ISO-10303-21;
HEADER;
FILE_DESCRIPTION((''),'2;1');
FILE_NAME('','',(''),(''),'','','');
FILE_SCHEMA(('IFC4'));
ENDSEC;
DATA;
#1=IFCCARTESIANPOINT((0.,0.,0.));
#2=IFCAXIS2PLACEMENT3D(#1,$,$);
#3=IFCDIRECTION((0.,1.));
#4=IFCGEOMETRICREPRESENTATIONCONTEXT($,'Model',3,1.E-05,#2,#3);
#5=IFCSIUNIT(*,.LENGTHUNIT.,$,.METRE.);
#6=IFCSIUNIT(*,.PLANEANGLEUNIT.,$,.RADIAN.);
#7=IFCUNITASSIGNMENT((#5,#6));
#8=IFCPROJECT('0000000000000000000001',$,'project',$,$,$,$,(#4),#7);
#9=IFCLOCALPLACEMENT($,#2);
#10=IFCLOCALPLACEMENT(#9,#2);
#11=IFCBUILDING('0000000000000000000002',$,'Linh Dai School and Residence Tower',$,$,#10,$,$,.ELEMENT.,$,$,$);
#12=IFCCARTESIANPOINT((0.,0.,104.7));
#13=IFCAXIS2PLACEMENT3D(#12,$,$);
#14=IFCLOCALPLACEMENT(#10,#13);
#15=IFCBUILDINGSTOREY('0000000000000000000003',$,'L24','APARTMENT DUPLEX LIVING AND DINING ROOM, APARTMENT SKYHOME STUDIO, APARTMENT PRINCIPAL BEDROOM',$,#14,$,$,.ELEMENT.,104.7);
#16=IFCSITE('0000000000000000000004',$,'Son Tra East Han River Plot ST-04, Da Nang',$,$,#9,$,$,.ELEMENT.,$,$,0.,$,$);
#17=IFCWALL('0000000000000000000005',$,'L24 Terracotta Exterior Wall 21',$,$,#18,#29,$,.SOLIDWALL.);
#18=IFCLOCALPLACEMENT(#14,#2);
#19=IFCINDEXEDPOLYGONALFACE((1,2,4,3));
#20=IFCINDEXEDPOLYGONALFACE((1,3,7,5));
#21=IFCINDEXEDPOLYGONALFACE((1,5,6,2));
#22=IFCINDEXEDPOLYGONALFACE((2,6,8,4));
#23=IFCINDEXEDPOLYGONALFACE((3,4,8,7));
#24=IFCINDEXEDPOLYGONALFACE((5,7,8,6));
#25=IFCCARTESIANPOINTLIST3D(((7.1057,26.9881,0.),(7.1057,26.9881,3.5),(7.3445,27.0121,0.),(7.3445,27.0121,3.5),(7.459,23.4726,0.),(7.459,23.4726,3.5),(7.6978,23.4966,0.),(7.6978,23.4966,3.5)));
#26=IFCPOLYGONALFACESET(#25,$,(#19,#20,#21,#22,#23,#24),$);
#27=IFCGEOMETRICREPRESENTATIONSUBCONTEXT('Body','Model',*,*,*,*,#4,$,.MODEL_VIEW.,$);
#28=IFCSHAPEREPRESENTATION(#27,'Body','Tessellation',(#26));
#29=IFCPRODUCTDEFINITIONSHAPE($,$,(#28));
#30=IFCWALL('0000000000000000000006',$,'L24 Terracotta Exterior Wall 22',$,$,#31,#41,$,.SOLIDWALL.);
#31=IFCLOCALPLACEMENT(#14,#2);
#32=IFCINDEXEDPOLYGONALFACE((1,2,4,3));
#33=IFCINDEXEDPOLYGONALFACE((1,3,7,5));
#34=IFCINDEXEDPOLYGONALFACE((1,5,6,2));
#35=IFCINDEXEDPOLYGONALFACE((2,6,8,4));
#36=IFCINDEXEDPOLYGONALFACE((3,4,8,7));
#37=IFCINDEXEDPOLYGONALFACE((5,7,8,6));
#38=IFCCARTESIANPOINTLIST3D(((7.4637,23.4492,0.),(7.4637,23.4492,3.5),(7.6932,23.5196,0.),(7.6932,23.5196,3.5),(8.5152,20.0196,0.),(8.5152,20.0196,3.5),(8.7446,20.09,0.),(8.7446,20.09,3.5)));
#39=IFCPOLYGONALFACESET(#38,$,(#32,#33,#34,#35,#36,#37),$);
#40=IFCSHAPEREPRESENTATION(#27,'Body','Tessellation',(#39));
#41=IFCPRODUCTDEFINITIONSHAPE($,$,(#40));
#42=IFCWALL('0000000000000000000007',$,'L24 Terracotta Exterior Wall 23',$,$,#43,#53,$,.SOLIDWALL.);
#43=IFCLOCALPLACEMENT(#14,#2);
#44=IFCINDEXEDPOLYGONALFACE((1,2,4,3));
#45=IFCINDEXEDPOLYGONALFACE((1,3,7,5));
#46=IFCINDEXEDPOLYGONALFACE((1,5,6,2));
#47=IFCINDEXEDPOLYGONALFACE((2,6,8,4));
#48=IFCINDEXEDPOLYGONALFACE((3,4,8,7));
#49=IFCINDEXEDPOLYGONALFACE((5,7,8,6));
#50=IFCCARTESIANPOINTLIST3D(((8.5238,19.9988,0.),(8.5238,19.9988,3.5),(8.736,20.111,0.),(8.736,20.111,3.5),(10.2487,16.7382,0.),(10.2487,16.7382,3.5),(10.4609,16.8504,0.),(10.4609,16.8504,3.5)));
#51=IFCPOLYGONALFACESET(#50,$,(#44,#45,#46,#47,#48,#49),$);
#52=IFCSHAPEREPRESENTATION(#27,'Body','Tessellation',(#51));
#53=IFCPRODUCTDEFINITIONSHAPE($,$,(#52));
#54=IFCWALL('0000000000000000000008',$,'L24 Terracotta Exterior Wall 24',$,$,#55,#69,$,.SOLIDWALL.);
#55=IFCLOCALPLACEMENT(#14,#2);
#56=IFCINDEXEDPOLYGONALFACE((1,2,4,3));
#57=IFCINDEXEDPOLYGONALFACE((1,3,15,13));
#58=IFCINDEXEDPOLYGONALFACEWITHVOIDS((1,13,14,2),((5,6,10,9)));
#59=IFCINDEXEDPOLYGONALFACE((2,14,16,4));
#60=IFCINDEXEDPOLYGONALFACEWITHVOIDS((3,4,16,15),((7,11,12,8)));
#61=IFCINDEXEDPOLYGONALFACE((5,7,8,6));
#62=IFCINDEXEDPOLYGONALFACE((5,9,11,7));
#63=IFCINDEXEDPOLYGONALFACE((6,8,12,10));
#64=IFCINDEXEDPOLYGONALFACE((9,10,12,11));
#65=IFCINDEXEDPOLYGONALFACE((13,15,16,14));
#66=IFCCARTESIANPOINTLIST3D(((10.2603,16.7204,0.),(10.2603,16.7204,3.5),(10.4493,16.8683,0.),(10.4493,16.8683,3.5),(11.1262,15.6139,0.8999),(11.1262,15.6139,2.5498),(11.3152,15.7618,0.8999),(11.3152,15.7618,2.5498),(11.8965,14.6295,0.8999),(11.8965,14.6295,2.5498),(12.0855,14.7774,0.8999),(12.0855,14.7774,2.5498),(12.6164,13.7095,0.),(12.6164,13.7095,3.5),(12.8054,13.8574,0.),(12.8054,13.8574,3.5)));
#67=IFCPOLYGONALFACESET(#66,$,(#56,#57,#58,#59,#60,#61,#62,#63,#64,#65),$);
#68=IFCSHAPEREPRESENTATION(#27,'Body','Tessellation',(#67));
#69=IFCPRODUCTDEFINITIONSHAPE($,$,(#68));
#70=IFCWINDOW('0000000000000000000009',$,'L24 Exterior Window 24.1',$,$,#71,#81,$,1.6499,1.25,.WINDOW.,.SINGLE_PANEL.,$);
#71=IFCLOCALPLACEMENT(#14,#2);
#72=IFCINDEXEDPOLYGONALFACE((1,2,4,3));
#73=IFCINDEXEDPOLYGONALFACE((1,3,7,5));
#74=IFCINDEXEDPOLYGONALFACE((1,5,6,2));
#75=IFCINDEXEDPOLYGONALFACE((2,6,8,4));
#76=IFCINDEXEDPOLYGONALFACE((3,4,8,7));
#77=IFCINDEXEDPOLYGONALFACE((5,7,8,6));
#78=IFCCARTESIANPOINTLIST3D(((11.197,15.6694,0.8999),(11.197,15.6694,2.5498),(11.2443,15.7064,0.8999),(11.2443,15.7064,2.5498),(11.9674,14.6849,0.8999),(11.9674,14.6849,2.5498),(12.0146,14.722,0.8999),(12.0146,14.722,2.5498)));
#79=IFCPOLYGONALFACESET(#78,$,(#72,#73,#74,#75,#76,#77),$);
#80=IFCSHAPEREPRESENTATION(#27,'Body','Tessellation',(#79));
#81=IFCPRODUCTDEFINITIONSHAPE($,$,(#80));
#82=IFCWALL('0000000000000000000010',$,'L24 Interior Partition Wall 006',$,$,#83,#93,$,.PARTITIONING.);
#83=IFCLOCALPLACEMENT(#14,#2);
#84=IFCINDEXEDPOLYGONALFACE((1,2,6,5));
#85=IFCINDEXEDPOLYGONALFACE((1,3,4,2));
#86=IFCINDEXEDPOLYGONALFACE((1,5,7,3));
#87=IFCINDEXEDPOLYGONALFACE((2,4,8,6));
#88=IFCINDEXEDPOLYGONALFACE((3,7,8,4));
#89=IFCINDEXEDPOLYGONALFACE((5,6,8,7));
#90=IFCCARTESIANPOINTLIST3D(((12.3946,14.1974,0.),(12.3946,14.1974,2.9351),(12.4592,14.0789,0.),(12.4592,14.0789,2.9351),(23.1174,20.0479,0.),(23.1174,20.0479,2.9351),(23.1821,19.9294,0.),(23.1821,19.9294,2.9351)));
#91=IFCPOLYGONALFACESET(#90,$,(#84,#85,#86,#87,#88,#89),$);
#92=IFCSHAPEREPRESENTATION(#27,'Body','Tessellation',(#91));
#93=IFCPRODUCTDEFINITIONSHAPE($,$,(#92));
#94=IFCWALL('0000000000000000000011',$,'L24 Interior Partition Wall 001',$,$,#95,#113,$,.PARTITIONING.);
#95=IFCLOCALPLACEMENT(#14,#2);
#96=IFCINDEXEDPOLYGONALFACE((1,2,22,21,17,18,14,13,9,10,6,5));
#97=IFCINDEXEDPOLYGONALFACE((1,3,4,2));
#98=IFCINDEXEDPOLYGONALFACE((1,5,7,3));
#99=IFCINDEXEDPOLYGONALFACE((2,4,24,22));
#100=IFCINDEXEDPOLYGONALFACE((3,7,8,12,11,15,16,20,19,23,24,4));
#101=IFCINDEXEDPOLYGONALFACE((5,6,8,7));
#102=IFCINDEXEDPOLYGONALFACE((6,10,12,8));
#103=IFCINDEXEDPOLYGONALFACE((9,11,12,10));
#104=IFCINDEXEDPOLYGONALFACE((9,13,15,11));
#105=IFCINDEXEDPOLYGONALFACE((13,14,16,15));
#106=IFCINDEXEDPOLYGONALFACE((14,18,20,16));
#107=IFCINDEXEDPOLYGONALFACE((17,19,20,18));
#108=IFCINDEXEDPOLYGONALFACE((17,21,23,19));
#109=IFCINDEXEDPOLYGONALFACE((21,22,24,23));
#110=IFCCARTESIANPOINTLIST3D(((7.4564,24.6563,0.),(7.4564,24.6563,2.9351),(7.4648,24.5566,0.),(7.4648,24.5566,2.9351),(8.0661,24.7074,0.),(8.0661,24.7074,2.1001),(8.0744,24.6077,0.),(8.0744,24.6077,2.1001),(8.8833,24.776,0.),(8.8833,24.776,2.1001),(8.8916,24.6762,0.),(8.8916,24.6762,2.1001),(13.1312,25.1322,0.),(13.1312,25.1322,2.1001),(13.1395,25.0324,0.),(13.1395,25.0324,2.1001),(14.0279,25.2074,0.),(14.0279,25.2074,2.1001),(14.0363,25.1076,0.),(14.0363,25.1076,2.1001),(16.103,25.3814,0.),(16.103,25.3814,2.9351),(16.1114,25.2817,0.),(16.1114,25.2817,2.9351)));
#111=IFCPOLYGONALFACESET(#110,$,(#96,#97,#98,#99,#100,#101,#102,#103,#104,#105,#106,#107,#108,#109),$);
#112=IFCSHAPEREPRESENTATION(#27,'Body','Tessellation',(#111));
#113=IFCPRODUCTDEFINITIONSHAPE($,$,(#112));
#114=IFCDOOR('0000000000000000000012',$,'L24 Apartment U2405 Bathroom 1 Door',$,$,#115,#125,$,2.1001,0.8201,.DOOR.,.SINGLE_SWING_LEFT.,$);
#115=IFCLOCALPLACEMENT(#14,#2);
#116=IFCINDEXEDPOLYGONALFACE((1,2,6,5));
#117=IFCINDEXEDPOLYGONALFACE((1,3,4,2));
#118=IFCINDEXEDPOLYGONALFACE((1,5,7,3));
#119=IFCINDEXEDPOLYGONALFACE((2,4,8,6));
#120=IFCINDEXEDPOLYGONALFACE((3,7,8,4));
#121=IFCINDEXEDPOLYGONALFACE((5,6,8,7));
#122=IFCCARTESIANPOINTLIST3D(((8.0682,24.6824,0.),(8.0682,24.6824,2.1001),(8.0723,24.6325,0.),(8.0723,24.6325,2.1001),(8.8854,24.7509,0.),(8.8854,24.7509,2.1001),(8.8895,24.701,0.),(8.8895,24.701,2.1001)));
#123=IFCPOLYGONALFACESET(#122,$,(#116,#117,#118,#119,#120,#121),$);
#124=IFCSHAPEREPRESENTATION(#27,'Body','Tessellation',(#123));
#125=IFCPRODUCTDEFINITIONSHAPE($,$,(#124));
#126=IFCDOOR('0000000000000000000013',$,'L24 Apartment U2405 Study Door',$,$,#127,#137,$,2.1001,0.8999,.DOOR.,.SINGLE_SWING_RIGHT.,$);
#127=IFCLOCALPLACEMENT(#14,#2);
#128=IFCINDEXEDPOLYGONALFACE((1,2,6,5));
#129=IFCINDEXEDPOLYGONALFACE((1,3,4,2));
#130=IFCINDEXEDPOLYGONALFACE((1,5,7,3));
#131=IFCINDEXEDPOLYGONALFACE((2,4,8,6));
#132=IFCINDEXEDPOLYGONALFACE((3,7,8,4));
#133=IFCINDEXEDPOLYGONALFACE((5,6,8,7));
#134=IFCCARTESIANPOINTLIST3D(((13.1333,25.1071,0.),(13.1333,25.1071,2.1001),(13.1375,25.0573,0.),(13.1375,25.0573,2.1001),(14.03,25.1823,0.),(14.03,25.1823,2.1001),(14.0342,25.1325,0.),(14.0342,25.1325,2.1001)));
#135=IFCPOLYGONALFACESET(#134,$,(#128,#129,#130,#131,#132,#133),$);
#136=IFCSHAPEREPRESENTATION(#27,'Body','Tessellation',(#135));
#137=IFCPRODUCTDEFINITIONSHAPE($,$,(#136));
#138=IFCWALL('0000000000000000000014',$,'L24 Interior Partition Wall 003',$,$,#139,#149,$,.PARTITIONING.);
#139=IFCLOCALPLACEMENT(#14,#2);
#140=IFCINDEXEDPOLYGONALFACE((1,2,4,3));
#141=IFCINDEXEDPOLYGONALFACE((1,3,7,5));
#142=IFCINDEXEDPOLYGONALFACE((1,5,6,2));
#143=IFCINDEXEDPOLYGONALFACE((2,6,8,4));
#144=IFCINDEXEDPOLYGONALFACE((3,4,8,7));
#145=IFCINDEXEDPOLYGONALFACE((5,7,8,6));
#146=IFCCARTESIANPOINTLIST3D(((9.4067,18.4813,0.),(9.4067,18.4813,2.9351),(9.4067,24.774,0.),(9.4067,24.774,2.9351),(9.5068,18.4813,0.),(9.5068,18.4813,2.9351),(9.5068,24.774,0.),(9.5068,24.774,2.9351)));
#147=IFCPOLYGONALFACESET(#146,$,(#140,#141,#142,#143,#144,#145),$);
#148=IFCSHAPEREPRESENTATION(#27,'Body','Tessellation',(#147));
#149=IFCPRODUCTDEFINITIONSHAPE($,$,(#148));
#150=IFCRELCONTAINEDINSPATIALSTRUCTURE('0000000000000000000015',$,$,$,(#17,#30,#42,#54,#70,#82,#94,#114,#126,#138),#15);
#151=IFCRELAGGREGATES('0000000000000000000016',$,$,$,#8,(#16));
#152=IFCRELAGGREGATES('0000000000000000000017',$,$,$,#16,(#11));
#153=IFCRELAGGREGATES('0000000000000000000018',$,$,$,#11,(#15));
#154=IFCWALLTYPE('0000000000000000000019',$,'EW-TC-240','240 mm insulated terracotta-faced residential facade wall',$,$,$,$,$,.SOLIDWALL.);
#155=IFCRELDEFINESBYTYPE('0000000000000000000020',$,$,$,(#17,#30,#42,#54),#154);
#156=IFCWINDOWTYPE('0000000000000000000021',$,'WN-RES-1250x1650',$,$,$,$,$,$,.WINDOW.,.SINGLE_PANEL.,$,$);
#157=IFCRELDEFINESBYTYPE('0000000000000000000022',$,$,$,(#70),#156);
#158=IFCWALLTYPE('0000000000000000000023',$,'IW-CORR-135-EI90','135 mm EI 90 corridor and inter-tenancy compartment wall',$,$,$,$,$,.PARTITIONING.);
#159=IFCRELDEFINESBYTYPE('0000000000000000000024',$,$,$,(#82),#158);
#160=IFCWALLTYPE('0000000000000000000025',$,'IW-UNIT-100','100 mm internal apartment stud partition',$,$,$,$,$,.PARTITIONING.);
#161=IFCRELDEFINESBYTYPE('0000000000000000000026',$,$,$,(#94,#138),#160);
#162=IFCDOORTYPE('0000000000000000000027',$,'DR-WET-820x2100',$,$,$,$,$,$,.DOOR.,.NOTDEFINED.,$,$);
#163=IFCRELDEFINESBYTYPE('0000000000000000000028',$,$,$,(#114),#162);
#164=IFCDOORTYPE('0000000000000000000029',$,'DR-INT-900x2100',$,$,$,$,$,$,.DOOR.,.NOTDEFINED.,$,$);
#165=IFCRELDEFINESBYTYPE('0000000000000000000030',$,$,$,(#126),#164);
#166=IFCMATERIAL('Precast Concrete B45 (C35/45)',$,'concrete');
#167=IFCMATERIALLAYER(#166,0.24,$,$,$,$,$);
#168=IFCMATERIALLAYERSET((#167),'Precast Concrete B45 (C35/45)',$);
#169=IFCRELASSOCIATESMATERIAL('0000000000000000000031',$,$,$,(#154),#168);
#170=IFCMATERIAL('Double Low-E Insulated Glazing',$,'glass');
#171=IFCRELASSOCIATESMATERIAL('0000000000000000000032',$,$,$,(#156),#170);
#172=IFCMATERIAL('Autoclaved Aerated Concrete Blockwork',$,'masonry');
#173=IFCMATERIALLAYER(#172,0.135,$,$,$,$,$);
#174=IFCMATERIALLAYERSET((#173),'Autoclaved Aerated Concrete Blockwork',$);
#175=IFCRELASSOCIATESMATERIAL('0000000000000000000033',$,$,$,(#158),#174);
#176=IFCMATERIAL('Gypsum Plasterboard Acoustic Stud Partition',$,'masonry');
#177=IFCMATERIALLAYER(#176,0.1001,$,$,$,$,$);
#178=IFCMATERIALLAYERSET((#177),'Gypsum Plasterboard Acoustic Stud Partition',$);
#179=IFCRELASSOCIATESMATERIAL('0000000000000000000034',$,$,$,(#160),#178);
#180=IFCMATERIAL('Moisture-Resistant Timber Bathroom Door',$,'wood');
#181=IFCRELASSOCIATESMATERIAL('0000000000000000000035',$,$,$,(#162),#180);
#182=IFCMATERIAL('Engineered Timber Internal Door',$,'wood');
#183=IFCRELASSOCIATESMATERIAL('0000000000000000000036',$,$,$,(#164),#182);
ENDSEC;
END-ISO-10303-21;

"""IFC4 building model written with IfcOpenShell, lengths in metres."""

from ifc_helpers import new_model, si_unit, direction, frame, frame_2d, origin, origin_2d, place, context, subcontext, project, spatial, rectangle, extrude, source, transform, mapped, material, layer, layer_set, type_object, element, fill, save


model = new_model("IFC4")

# Units and contexts
model_context = context("Model", 3, precision=1e-05, world=origin(), true_north=direction((0.0, 1.0)))
body_context = subcontext(model_context, "Body", "Model", "MODEL_VIEW")
ifc_project = project(units=[si_unit("LENGTHUNIT", "METRE"), si_unit("PLANEANGLEUNIT", "RADIAN")], contexts=[model_context])

# Site, building, storey
site_placement = place(None, origin())
site = spatial("IfcSite", under=ifc_project, at=site_placement, Name="Son Tra East Han River Plot ST-04, Da Nang", CompositionType="ELEMENT", RefElevation=0.0)
building_placement = place(site_placement, origin())
building = spatial("IfcBuilding", under=site, at=building_placement, Name="Linh Dai School and Residence Tower", CompositionType="ELEMENT")
storey_placement = place(building_placement, frame((0.0, 0.0, 104.7)))
storey = spatial("IfcBuildingStorey", under=building, at=storey_placement, Name="L24", Description="APARTMENT DUPLEX LIVING AND DINING ROOM, APARTMENT SKYHOME STUDIO, APARTMENT PRINCIPAL BEDROOM", CompositionType="ELEMENT", Elevation=104.7)

# Shared definitions
ifc_material_1 = material(Name="Precast Concrete B45 (C35/45)", Category="concrete")

# Walls
ifc_layer_1 = layer(ifc_material_1, 0.24)
ifc_layer_set_1 = layer_set([ifc_layer_1], Name="Precast Concrete B45 (C35/45)")
wall_type_1 = type_object("IfcWallType", Name="EW-TC-240", Description="240 mm insulated terracotta-faced residential facade wall", PredefinedType="SOLIDWALL", material=ifc_layer_set_1)
wall_1_placement = place(storey_placement, frame((7.5784, 23.4846, 0.0), z_axis=(0.0, 0.0, 1.0), x_axis=(-0.099989, 0.994988, 0.0)))
element("IfcWall", 1, at=wall_1_placement, inside=storey, type_object=wall_type_1, Name="L24 Terracotta Exterior Wall 21", PredefinedType="SOLIDWALL", context=body_context, shape_type="SweptSolid", body=[
    extrude(rectangle(XDim=3.5332, YDim=0.24, at=frame_2d((1.7666, 0.0))), origin(), (0.0, 0.0, 1.0), 3.5),
])
wall_2_placement = place(storey_placement, frame((8.6299, 20.0549, 0.0), z_axis=(0.0, 0.0, 1.0), x_axis=(-0.293124, 0.956074, 0.0)))
element("IfcWall", 2, at=wall_2_placement, inside=storey, type_object=wall_type_1, Name="L24 Terracotta Exterior Wall 22", PredefinedType="SOLIDWALL", context=body_context, shape_type="SweptSolid", body=[
    extrude(rectangle(XDim=3.5872, YDim=0.24, at=frame_2d((1.7935, 0.0))), origin(), (0.0, 0.0, 1.0), 3.5),
])
wall_3_placement = place(storey_placement, frame((10.3547, 16.7944, 0.0), z_axis=(0.0, 0.0, 1.0), x_axis=(-0.467614, 0.883933, 0.0)))
element("IfcWall", 3, at=wall_3_placement, inside=storey, type_object=wall_type_1, Name="L24 Terracotta Exterior Wall 23", PredefinedType="SOLIDWALL", context=body_context, shape_type="SweptSolid", body=[
    extrude(rectangle(XDim=3.6887, YDim=0.24, at=frame_2d((1.8442, 0.0))), origin(), (0.0, 0.0, 1.0), 3.5),
])

# Wall, opening, window
wall_4_placement = place(storey_placement, frame((12.7109, 13.7834, 0.0), z_axis=(0.0, 0.0, 1.0), x_axis=(-0.616272, 0.787533, 0.0)))
wall_4 = element("IfcWall", 4, at=wall_4_placement, inside=storey, type_object=wall_type_1, Name="L24 Terracotta Exterior Wall 24", PredefinedType="SOLIDWALL", context=body_context, shape_type="SweptSolid", body=[
    extrude(rectangle(XDim=3.8232, YDim=0.24, at=frame_2d((1.9116, 0.0))), origin(), (0.0, 0.0, 1.0), 3.5),
])
opening_1_placement = place(wall_4_placement, frame((1.1682, 0.0, 0.8999)))
opening_1 = element("IfcOpeningElement", 5, at=opening_1_placement, cuts=wall_4, PredefinedType="OPENING", context=body_context, shape_type="SweptSolid", body=[
    extrude(rectangle(XDim=1.25, YDim=1.6499, at=origin_2d()), frame((0.625, 0.1299, 0.825), z_axis=(0.0, -1.0, 0.0), x_axis=(1.0, 0.0, 0.0)), (0.0, 0.0, 1.0), 0.26),
])
ifc_material_2 = material(Name="Double Low-E Insulated Glazing", Category="glass")
window_type = type_object("IfcWindowType", Name="WN-RES-1250x1650", PartitioningType="SINGLE_PANEL", PredefinedType="WINDOW", material=ifc_material_2)
shared_shape_1 = source(origin(), body_context, "Body", "SweptSolid", [
    extrude(rectangle(XDim=1.25, YDim=1.6499, at=origin_2d()), frame((0.625, 0.03, 0.825), z_axis=(0.0, -1.0, 0.0), x_axis=(1.0, 0.0, 0.0)), (0.0, 0.0, 1.0), 0.0601),
])
window_placement = place(opening_1_placement, origin())
window = element("IfcWindow", 6, at=window_placement, inside=storey, type_object=window_type, Name="L24 Exterior Window 24.1", OverallHeight=1.6499, OverallWidth=1.25, PartitioningType="SINGLE_PANEL", PredefinedType="WINDOW", context=body_context, shape_type="MappedRepresentation", body=[
    mapped(shared_shape_1, transform((0.0, 0.0, 0.0), x_axis=(1.0, 0.0, 0.0), y_axis=(0.0, 1.0, 0.0), z_axis=(0.0, 0.0, 1.0), scale=1.0)),
])
fill(opening_1, window)

# Wall
ifc_material_3 = material(Name="Autoclaved Aerated Concrete Blockwork", Category="masonry")
ifc_layer_2 = layer(ifc_material_3, 0.135)
ifc_layer_set_2 = layer_set([ifc_layer_2], Name="Autoclaved Aerated Concrete Blockwork")
wall_type_2 = type_object("IfcWallType", Name="IW-CORR-135-EI90", Description="135 mm EI 90 corridor and inter-tenancy compartment wall", PredefinedType="PARTITIONING", material=ifc_layer_set_2)
wall_5_placement = place(storey_placement, frame((12.427, 14.1382, 0.0), z_axis=(0.0, 0.0, 1.0), x_axis=(0.877836, 0.478961, 0.0)))
element("IfcWall", 7, at=wall_5_placement, inside=storey, type_object=wall_type_2, Name="L24 Interior Partition Wall 006", PredefinedType="PARTITIONING", context=body_context, shape_type="SweptSolid", body=[
    extrude(rectangle(XDim=12.2151, YDim=0.135, at=frame_2d((6.1074, 0.0))), origin(), (0.0, 0.0, 1.0), 2.9351),
])

# Wall, openings, doors
ifc_material_4 = material(Name="Gypsum Plasterboard Acoustic Stud Partition", Category="masonry")
ifc_layer_3 = layer(ifc_material_4, 0.1001)
ifc_layer_set_3 = layer_set([ifc_layer_3], Name="Gypsum Plasterboard Acoustic Stud Partition")
wall_type_3 = type_object("IfcWallType", Name="IW-UNIT-100", Description="100 mm internal apartment stud partition", PredefinedType="PARTITIONING", material=ifc_layer_set_3)
wall_6_placement = place(storey_placement, frame((7.4607, 24.6064, 0.0), z_axis=(0.0, 0.0, 1.0), x_axis=(0.996502, 0.083565, 0.0)))
wall_6 = element("IfcWall", 8, at=wall_6_placement, inside=storey, type_object=wall_type_3, Name="L24 Interior Partition Wall 001", PredefinedType="PARTITIONING", context=body_context, shape_type="SweptSolid", body=[
    extrude(rectangle(XDim=8.677, YDim=0.1001, at=frame_2d((4.3384, 0.0))), origin(), (0.0, 0.0, 1.0), 2.9351),
])
opening_2_placement = place(wall_6_placement, frame((5.6946, 0.0, 0.0)))
opening_2 = element("IfcOpeningElement", 9, at=opening_2_placement, cuts=wall_6, PredefinedType="OPENING", context=body_context, shape_type="SweptSolid", body=[
    extrude(rectangle(XDim=0.8999, YDim=2.1001, at=origin_2d()), frame((0.45, 0.0601, 1.05), z_axis=(0.0, -1.0, 0.0), x_axis=(1.0, 0.0, 0.0)), (0.0, 0.0, 1.0), 0.1201),
])
opening_3_placement = place(wall_6_placement, frame((0.6116, 0.0, 0.0)))
opening_3 = element("IfcOpeningElement", 10, at=opening_3_placement, cuts=wall_6, PredefinedType="OPENING", context=body_context, shape_type="SweptSolid", body=[
    extrude(rectangle(XDim=0.8201, YDim=2.1001, at=origin_2d()), frame((0.4102, 0.0601, 1.05), z_axis=(0.0, -1.0, 0.0), x_axis=(1.0, 0.0, 0.0)), (0.0, 0.0, 1.0), 0.1201),
])
ifc_material_5 = material(Name="Moisture-Resistant Timber Bathroom Door", Category="wood")
door_type_1 = type_object("IfcDoorType", Name="DR-WET-820x2100", OperationType="NOTDEFINED", PredefinedType="DOOR", material=ifc_material_5)
shared_shape_2 = source(origin(), body_context, "Body", "SweptSolid", [
    extrude(rectangle(XDim=0.8201, YDim=2.1001, at=origin_2d()), frame((0.4102, 0.0249, 1.05), z_axis=(0.0, -1.0, 0.0), x_axis=(1.0, 0.0, 0.0)), (0.0, 0.0, 1.0), 0.05),
])
door_1_placement = place(opening_3_placement, origin())
door_1 = element("IfcDoor", 11, at=door_1_placement, inside=storey, type_object=door_type_1, Name="L24 Apartment U2405 Bathroom 1 Door", OperationType="SINGLE_SWING_LEFT", OverallHeight=2.1001, OverallWidth=0.8201, PredefinedType="DOOR", context=body_context, shape_type="MappedRepresentation", body=[
    mapped(shared_shape_2, transform((0.0, 0.0, 0.0), x_axis=(1.0, 0.0, 0.0), y_axis=(0.0, 1.0, 0.0), z_axis=(0.0, 0.0, 1.0), scale=1.0)),
])
fill(opening_3, door_1)
ifc_material_6 = material(Name="Engineered Timber Internal Door", Category="wood")
door_type_2 = type_object("IfcDoorType", Name="DR-INT-900x2100", OperationType="NOTDEFINED", PredefinedType="DOOR", material=ifc_material_6)
shared_shape_3 = source(origin(), body_context, "Body", "SweptSolid", [
    extrude(rectangle(XDim=0.8999, YDim=2.1001, at=origin_2d()), frame((0.45, 0.0249, 1.05), z_axis=(0.0, -1.0, 0.0), x_axis=(1.0, 0.0, 0.0)), (0.0, 0.0, 1.0), 0.05),
])
door_2_placement = place(opening_2_placement, origin())
door_2 = element("IfcDoor", 12, at=door_2_placement, inside=storey, type_object=door_type_2, Name="L24 Apartment U2405 Study Door", OperationType="SINGLE_SWING_RIGHT", OverallHeight=2.1001, OverallWidth=0.8999, PredefinedType="DOOR", context=body_context, shape_type="MappedRepresentation", body=[
    mapped(shared_shape_3, transform((0.0, 0.0, 0.0), x_axis=(1.0, 0.0, 0.0), y_axis=(0.0, 1.0, 0.0), z_axis=(0.0, 0.0, 1.0), scale=1.0)),
])
fill(opening_2, door_2)

# Wall
wall_7_placement = place(storey_placement, frame((9.4568, 18.4812, 0.0), z_axis=(0.0, 0.0, 1.0), x_axis=(0.0, 1.0, 0.0)))
element("IfcWall", 13, at=wall_7_placement, inside=storey, type_object=wall_type_3, Name="L24 Interior Partition Wall 003", PredefinedType="PARTITIONING", context=body_context, shape_type="SweptSolid", body=[
    extrude(rectangle(XDim=6.2927, YDim=0.1001, at=frame_2d((3.1465, 0.0))), origin(), (0.0, 0.0, 1.0), 2.9351),
])

save(model, "model.ifc")
